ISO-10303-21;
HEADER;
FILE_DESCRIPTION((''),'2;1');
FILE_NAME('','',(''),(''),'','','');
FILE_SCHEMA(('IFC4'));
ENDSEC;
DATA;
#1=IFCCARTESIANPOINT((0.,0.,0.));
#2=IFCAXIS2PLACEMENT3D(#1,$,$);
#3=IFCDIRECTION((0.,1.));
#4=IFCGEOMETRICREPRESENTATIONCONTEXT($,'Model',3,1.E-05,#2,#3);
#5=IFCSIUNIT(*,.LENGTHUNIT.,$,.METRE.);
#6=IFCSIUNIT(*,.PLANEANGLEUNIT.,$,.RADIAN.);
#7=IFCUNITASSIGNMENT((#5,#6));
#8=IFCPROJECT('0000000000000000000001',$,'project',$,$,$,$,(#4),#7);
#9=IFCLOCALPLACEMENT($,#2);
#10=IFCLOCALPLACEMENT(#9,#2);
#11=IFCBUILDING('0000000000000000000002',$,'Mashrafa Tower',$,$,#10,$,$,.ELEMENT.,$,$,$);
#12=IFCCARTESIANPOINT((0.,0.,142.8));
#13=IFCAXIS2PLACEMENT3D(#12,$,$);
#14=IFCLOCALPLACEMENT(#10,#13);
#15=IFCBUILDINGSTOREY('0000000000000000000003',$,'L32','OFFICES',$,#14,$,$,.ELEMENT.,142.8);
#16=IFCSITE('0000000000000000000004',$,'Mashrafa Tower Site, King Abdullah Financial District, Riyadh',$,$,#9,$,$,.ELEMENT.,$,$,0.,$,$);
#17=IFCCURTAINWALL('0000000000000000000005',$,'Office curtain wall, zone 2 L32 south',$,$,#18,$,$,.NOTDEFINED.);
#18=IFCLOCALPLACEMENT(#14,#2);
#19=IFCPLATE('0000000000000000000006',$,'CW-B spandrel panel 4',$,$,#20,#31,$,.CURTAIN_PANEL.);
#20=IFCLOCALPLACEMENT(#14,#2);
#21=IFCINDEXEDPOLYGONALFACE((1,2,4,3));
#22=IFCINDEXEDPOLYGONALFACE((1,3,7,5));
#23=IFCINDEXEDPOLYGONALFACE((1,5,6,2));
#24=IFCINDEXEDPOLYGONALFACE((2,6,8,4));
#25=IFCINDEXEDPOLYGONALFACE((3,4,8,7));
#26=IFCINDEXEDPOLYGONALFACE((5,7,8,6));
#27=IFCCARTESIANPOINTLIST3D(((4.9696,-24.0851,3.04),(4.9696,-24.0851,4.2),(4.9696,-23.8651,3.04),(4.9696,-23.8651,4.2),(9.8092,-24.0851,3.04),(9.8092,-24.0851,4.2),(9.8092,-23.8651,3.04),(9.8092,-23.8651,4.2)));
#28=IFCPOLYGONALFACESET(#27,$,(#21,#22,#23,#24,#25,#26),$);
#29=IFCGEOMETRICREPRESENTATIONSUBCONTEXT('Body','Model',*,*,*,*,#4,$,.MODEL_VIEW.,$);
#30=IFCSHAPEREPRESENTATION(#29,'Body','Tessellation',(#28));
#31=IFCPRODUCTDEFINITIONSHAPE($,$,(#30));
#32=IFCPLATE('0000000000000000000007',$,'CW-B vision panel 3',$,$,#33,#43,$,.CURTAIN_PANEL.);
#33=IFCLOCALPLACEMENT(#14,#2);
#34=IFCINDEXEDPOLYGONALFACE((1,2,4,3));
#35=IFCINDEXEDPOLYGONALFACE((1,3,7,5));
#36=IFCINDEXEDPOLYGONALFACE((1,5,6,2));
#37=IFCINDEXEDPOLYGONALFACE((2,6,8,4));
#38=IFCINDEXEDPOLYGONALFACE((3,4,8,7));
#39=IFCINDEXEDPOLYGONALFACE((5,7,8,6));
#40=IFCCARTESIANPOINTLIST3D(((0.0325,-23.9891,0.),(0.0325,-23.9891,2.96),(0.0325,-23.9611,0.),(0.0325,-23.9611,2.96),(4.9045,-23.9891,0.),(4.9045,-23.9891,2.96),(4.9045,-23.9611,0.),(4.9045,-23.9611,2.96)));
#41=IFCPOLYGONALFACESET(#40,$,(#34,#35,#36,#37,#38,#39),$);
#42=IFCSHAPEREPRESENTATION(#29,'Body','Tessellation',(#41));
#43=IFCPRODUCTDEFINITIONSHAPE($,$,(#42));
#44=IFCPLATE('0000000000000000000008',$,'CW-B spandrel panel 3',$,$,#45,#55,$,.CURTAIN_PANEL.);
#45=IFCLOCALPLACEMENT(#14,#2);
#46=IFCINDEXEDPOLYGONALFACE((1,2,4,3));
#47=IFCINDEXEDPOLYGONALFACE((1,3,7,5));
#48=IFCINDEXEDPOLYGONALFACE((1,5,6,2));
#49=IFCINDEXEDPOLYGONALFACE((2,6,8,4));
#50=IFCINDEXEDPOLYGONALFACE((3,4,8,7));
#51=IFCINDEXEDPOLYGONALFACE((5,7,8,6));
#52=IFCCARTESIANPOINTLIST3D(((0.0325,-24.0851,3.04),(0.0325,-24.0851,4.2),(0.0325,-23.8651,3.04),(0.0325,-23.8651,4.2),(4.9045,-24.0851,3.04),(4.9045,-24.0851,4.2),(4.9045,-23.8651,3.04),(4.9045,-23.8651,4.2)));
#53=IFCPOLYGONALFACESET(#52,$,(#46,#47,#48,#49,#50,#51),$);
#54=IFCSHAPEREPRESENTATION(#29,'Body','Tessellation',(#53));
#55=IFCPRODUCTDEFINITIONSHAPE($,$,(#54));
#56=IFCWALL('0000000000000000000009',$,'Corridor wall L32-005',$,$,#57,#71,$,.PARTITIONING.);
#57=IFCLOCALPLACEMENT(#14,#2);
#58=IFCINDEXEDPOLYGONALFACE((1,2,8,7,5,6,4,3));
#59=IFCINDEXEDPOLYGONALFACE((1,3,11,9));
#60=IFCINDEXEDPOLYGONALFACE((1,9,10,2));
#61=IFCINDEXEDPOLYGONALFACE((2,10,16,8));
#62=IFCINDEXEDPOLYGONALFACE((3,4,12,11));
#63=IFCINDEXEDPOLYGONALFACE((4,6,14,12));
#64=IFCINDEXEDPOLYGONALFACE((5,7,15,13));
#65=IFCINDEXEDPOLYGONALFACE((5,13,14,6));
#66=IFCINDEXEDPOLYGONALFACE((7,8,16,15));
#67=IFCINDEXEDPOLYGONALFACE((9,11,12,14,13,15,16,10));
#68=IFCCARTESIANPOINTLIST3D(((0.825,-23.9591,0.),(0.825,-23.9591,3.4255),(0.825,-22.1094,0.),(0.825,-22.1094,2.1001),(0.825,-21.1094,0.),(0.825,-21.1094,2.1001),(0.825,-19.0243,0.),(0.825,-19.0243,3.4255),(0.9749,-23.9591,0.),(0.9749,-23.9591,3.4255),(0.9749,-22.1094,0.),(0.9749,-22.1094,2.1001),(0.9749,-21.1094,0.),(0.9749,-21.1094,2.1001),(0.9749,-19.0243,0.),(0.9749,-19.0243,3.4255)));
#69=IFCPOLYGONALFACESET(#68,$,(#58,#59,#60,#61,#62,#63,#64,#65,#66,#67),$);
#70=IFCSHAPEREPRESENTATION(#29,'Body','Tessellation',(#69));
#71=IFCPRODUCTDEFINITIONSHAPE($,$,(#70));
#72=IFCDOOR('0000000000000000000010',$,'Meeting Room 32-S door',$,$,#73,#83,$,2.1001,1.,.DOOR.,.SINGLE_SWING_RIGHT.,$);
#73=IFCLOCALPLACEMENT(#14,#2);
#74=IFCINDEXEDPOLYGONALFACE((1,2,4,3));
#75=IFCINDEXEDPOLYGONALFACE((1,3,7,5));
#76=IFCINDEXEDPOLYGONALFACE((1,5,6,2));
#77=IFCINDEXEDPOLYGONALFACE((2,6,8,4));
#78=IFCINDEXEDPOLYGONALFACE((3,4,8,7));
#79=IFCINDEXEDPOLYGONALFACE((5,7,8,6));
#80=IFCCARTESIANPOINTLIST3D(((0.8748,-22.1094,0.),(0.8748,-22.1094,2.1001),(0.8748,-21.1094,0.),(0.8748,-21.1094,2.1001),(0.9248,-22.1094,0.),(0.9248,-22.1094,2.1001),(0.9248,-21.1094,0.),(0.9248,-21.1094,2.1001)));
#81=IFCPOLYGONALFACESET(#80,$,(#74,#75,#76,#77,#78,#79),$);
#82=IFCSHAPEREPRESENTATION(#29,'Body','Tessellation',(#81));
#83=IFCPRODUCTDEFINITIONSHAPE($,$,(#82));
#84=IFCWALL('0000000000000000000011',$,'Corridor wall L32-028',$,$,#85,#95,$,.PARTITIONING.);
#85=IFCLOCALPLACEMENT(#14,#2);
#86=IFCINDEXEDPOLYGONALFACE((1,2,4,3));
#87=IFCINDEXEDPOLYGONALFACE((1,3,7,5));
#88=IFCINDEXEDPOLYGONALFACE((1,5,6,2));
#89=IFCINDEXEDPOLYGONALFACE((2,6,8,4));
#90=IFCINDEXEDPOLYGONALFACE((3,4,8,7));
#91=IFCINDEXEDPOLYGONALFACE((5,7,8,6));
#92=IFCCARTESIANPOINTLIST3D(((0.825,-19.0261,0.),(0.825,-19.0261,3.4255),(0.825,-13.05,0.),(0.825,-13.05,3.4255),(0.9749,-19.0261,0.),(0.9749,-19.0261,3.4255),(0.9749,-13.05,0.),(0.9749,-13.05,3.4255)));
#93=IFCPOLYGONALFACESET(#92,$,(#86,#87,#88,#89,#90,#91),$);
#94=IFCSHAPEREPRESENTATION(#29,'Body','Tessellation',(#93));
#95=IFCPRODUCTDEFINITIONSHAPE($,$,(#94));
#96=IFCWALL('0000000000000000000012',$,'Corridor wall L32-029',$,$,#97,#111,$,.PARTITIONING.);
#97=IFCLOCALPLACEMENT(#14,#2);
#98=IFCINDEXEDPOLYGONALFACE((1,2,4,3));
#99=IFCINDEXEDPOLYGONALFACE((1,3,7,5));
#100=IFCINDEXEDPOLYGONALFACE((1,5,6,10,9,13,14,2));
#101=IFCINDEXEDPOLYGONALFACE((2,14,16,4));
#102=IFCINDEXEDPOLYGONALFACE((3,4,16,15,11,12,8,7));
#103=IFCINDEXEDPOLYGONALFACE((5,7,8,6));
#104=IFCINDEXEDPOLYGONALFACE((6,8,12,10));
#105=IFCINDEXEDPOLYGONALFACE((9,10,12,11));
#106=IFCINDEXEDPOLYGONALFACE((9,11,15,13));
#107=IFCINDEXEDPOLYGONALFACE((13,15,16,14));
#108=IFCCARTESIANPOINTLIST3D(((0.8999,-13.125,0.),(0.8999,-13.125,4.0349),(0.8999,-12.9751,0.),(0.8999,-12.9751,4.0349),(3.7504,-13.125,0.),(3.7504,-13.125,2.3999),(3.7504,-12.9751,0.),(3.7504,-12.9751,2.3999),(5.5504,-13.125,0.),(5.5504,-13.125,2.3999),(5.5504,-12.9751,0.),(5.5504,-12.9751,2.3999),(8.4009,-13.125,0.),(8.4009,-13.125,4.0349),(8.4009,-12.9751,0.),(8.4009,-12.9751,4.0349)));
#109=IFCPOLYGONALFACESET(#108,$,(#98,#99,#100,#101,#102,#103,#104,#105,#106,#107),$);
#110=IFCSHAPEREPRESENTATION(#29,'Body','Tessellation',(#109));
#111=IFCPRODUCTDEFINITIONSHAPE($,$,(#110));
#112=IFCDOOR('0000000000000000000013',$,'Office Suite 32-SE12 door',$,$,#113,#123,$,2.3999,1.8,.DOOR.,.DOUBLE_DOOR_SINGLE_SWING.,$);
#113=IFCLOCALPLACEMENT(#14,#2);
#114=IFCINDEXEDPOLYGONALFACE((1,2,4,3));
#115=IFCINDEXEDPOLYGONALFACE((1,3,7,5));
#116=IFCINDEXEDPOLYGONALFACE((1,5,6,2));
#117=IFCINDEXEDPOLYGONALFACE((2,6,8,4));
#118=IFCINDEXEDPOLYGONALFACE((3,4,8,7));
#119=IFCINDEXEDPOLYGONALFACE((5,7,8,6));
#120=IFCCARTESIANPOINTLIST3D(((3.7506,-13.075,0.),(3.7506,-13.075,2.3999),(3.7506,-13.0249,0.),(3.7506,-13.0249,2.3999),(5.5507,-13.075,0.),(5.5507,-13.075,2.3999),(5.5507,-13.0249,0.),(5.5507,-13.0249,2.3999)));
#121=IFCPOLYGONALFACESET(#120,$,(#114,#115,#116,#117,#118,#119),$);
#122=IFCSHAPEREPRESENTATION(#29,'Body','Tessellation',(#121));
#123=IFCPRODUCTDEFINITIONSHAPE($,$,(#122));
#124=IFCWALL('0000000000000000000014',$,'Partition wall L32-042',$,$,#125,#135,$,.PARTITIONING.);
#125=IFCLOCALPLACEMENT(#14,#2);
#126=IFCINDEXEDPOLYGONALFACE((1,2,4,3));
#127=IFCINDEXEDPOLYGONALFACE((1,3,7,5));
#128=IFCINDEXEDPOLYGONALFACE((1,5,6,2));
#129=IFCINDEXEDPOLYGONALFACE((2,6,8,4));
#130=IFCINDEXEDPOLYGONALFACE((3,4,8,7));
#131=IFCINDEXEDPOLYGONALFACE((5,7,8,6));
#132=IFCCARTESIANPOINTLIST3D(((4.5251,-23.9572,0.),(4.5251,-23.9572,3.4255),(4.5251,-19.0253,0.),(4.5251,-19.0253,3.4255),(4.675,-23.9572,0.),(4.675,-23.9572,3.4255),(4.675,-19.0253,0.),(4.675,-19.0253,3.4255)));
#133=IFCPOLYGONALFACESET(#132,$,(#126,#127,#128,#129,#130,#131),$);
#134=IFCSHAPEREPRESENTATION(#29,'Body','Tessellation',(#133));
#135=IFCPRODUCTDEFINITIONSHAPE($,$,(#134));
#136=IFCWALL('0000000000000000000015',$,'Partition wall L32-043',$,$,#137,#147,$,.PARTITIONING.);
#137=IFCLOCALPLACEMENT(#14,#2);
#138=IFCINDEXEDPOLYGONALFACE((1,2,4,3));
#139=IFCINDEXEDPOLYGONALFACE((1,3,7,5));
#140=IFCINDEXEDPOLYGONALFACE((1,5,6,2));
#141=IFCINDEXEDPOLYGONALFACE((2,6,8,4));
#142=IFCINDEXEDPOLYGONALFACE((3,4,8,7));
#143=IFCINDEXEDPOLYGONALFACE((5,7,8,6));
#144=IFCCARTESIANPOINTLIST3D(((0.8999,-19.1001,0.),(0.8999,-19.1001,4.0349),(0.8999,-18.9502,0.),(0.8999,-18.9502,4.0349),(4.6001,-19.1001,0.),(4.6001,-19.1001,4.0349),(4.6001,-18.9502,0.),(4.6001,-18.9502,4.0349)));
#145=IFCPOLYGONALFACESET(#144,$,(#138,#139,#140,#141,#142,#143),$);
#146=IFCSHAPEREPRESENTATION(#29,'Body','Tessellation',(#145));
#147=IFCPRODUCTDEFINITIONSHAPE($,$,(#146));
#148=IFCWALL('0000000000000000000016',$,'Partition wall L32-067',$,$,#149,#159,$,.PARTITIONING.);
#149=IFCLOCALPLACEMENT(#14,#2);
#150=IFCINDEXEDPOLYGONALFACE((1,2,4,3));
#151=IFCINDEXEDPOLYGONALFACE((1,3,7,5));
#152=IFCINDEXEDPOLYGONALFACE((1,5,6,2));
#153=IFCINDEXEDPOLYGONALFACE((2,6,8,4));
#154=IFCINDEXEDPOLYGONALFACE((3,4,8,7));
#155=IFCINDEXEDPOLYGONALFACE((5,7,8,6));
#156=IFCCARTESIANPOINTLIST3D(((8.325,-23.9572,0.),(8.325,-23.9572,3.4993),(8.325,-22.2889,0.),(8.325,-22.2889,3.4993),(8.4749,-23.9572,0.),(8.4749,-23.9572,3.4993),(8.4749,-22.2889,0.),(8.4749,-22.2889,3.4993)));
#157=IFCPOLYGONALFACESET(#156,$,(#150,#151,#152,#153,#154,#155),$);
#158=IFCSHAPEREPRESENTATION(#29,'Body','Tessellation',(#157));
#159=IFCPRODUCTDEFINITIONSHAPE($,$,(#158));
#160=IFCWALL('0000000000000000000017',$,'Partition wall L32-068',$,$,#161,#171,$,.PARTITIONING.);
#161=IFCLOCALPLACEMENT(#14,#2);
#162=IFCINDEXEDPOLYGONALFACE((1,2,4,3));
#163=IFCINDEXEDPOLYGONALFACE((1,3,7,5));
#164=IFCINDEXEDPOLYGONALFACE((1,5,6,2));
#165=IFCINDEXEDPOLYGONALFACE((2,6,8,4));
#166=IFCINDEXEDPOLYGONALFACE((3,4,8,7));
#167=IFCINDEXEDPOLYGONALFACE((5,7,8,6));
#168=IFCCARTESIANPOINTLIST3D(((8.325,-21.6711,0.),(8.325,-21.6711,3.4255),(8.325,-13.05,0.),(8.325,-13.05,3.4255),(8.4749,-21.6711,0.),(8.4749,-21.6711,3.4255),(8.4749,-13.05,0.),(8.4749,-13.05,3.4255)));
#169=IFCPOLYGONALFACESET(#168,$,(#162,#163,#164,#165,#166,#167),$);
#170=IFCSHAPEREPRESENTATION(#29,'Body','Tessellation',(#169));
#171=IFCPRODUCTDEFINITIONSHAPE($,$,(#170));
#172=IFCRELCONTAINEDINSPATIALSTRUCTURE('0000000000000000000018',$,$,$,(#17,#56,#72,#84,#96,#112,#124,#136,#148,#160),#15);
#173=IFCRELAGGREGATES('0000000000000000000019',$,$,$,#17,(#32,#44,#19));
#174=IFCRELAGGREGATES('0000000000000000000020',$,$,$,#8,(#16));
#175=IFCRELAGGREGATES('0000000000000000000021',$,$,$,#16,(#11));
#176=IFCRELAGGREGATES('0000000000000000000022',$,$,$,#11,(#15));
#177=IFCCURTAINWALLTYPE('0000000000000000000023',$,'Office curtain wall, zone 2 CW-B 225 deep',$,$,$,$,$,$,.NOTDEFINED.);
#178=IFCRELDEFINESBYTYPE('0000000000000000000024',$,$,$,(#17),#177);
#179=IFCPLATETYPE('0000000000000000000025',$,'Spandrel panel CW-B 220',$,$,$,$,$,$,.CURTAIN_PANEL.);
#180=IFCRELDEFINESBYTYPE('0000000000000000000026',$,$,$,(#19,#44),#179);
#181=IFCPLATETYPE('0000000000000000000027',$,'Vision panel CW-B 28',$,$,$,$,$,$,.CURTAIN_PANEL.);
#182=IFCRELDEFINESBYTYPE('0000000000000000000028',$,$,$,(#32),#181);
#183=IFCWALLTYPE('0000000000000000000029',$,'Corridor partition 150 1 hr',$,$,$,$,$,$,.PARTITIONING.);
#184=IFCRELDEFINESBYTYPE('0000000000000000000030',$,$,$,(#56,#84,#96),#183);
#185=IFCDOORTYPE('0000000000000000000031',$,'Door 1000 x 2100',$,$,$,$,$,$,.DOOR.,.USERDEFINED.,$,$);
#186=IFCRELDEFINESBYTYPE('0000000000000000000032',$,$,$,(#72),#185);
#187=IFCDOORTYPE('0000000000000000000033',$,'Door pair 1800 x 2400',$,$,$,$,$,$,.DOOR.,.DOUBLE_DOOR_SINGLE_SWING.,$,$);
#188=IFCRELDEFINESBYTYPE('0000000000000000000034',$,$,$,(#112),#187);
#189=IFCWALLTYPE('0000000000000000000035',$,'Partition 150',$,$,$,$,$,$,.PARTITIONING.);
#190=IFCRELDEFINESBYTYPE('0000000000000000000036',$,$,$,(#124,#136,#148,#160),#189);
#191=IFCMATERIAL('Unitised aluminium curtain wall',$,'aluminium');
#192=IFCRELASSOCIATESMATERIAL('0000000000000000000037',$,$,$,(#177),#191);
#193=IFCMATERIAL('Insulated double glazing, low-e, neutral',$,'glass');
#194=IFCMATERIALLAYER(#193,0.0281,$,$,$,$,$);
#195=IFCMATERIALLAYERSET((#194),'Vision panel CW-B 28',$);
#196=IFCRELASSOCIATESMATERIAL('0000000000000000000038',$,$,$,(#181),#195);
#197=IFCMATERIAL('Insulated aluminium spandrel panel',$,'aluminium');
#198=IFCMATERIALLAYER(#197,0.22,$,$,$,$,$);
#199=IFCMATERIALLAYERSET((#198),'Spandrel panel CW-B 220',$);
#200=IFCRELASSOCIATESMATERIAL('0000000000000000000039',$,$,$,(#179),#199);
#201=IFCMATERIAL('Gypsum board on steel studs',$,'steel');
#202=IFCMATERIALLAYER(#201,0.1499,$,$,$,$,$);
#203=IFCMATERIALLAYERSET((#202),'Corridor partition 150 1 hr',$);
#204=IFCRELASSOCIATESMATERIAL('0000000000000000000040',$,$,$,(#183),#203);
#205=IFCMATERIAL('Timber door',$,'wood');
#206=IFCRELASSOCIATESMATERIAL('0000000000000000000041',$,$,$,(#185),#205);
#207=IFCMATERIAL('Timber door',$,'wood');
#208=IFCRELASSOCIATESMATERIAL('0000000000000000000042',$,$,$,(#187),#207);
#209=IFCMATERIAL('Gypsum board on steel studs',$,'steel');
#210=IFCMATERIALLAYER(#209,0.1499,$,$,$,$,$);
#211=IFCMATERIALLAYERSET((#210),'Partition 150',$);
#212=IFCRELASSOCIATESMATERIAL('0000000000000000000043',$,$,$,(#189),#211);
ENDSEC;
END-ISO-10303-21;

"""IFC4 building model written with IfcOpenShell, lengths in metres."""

from ifc_helpers import new_model, si_unit, direction, frame, frame_2d, origin, origin_2d, place, context, subcontext, project, spatial, rectangle, extrude, source, transform, mapped, material, layer, layer_set, type_object, type_shapes, element, fill, aggregate, save


model = new_model("IFC4")

# Units and contexts
model_context = context("Model", 3, precision=1e-05, world=origin(), true_north=direction((0.0, 1.0)))
body_context = subcontext(model_context, "Body", "Model", "MODEL_VIEW")
ifc_project = project(units=[si_unit("LENGTHUNIT", "METRE"), si_unit("PLANEANGLEUNIT", "RADIAN")], contexts=[model_context])

# Site, building, storey
site_placement = place(None, origin())
site = spatial("IfcSite", under=ifc_project, at=site_placement, Name="Mashrafa Tower Site, King Abdullah Financial District, Riyadh", CompositionType="ELEMENT", RefElevation=0.0)
building_placement = place(site_placement, origin())
building = spatial("IfcBuilding", under=site, at=building_placement, Name="Mashrafa Tower", CompositionType="ELEMENT")
storey_placement = place(building_placement, frame((0.0, 0.0, 142.8)))
storey = spatial("IfcBuildingStorey", under=building, at=storey_placement, Name="L32", Description="OFFICES", CompositionType="ELEMENT", Elevation=142.8)

# Curtain wall, plates
ifc_material_1 = material(Name="Unitised aluminium curtain wall", Category="aluminium")
curtain_wall_type = type_object("IfcCurtainWallType", Name="Office curtain wall, zone 2 CW-B 225 deep", PredefinedType="NOTDEFINED", material=ifc_material_1)
curtain_wall_placement = place(storey_placement, origin())
curtain_wall = element("IfcCurtainWall", 1, at=curtain_wall_placement, inside=storey, type_object=curtain_wall_type, Name="Office curtain wall, zone 2 L32 south", PredefinedType="NOTDEFINED")
ifc_material_2 = material(Name="Insulated double glazing, low-e, neutral", Category="glass")
ifc_layer_1 = layer(ifc_material_2, 0.0281)
ifc_layer_set_1 = layer_set([ifc_layer_1], Name="Vision panel CW-B 28")
plate_type_1 = type_object("IfcPlateType", Name="Vision panel CW-B 28", PredefinedType="CURTAIN_PANEL", material=ifc_layer_set_1)
ifc_material_3 = material(Name="Insulated aluminium spandrel panel", Category="aluminium")
ifc_layer_2 = layer(ifc_material_3, 0.22)
ifc_layer_set_2 = layer_set([ifc_layer_2], Name="Spandrel panel CW-B 220")
plate_type_2 = type_object("IfcPlateType", Name="Spandrel panel CW-B 220", PredefinedType="CURTAIN_PANEL", material=ifc_layer_set_2)
shared_shape_1 = source(origin(), body_context, "Body", "SweptSolid", [
    extrude(rectangle(XDim=4.8396, YDim=0.22, at=origin_2d()), origin(), (0.0, 0.0, 1.0), 1.1599),
])
plate_1_placement = place(storey_placement, frame((7.3894, -23.9751, 3.04), z_axis=(0.0, 0.0, 1.0), x_axis=(1.0, 0.0, 0.0)))
plate_1 = element("IfcPlate", 2, at=plate_1_placement, type_object=plate_type_2, Name="CW-B spandrel panel 4", PredefinedType="CURTAIN_PANEL", context=body_context, shape_type="MappedRepresentation", body=[
    mapped(shared_shape_1, transform((0.0, 0.0, 0.0))),
])
shared_shape_2 = source(origin(), body_context, "Body", "SweptSolid", [
    extrude(rectangle(XDim=4.8721, YDim=0.0281, at=origin_2d()), origin(), (0.0, 0.0, 1.0), 2.96),
])
plate_2_placement = place(storey_placement, frame((2.4685, -23.9751, 0.0), z_axis=(0.0, 0.0, 1.0), x_axis=(1.0, 0.0, 0.0)))
plate_2 = element("IfcPlate", 3, at=plate_2_placement, type_object=plate_type_1, Name="CW-B vision panel 3", PredefinedType="CURTAIN_PANEL", context=body_context, shape_type="MappedRepresentation", body=[
    mapped(shared_shape_2, transform((0.0, 0.0, 0.0))),
])
shared_shape_3 = source(origin(), body_context, "Body", "SweptSolid", [
    extrude(rectangle(XDim=4.8721, YDim=0.22, at=origin_2d()), origin(), (0.0, 0.0, 1.0), 1.1599),
])
type_shapes(plate_type_2, [shared_shape_1, shared_shape_3])
plate_3_placement = place(storey_placement, frame((2.4685, -23.9751, 3.04), z_axis=(0.0, 0.0, 1.0), x_axis=(1.0, 0.0, 0.0)))
plate_3 = element("IfcPlate", 4, at=plate_3_placement, type_object=plate_type_2, Name="CW-B spandrel panel 3", PredefinedType="CURTAIN_PANEL", context=body_context, shape_type="MappedRepresentation", body=[
    mapped(shared_shape_3, transform((0.0, 0.0, 0.0))),
])
aggregate(curtain_wall, [plate_2, plate_3, plate_1])

# Wall, opening, door
ifc_material_4 = material(Name="Gypsum board on steel studs", Category="steel")
ifc_layer_3 = layer(ifc_material_4, 0.1499)
ifc_layer_set_3 = layer_set([ifc_layer_3], Name="Corridor partition 150 1 hr")
wall_type_1 = type_object("IfcWallType", Name="Corridor partition 150 1 hr", PredefinedType="PARTITIONING", material=ifc_layer_set_3)
wall_1_placement = place(storey_placement, frame((0.8999, -23.959, 0.0), z_axis=(0.0, 0.0, 1.0), x_axis=(0.0, 1.0, 0.0)))
wall_1 = element("IfcWall", 5, at=wall_1_placement, inside=storey, type_object=wall_type_1, Name="Corridor wall L32-005", PredefinedType="PARTITIONING", context=body_context, shape_type="SweptSolid", body=[
    extrude(rectangle(XDim=4.9348, YDim=0.1499, at=frame_2d((2.4673, 0.0))), origin(), (0.0, 0.0, 1.0), 3.4255),
])
opening_1_placement = place(wall_1_placement, frame((1.8496, 0.0, 0.0)))
opening_1 = element("IfcOpeningElement", 6, at=opening_1_placement, cuts=wall_1, PredefinedType="OPENING", context=body_context, shape_type="SweptSolid", body=[
    extrude(rectangle(XDim=1.0, YDim=2.1001, at=frame_2d((0.5, 1.05))), frame((0.0, 0.085, 0.0), z_axis=(0.0, -1.0, 0.0), x_axis=(1.0, 0.0, 0.0)), (0.0, 0.0, 1.0), 0.1699),
])
ifc_material_5 = material(Name="Timber door", Category="wood")
door_type_1 = type_object("IfcDoorType", Name="Door 1000 x 2100", OperationType="USERDEFINED", PredefinedType="DOOR", material=ifc_material_5)
door_1_placement = place(opening_1_placement, frame((1.0, 0.0, 0.0), z_axis=(0.0, 0.0, 1.0), x_axis=(-1.0, 0.0, 0.0)))
door_1 = element("IfcDoor", 7, at=door_1_placement, inside=storey, type_object=door_type_1, Name="Meeting Room 32-S door", OperationType="SINGLE_SWING_RIGHT", OverallHeight=2.1001, OverallWidth=1.0, PredefinedType="DOOR", context=body_context, shape_type="SweptSolid", body=[
    extrude(rectangle(XDim=1.0, YDim=2.1001, at=frame_2d((0.5, 1.05))), frame((0.0, 0.0249, 0.0), z_axis=(0.0, -1.0, 0.0), x_axis=(1.0, 0.0, 0.0)), (0.0, 0.0, 1.0), 0.05),
])
fill(opening_1, door_1)

# Wall
wall_2_placement = place(storey_placement, frame((0.8999, -19.0261, 0.0), z_axis=(0.0, 0.0, 1.0), x_axis=(0.0, 1.0, 0.0)))
element("IfcWall", 8, at=wall_2_placement, inside=storey, type_object=wall_type_1, Name="Corridor wall L32-028", PredefinedType="PARTITIONING", context=body_context, shape_type="SweptSolid", body=[
    extrude(rectangle(XDim=5.9761, YDim=0.1499, at=frame_2d((2.988, 0.0))), origin(), (0.0, 0.0, 1.0), 3.4255),
])

# Wall, opening, door
wall_3_placement = place(storey_placement, frame((0.8999, -13.05, 0.0), z_axis=(0.0, 0.0, 1.0), x_axis=(1.0, 0.0, 0.0)))
wall_3 = element("IfcWall", 9, at=wall_3_placement, inside=storey, type_object=wall_type_1, Name="Corridor wall L32-029", PredefinedType="PARTITIONING", context=body_context, shape_type="SweptSolid", body=[
    extrude(rectangle(XDim=7.501, YDim=0.1499, at=frame_2d((3.7505, 0.0))), origin(), (0.0, 0.0, 1.0), 4.0349),
])
opening_2_placement = place(wall_3_placement, frame((2.8506, 0.0, 0.0)))
opening_2 = element("IfcOpeningElement", 10, at=opening_2_placement, cuts=wall_3, PredefinedType="OPENING", context=body_context, shape_type="SweptSolid", body=[
    extrude(rectangle(XDim=1.8, YDim=2.3999, at=frame_2d((0.8999, 1.2))), frame((0.0, 0.085, 0.0), z_axis=(0.0, -1.0, 0.0), x_axis=(1.0, 0.0, 0.0)), (0.0, 0.0, 1.0), 0.1699),
])
ifc_material_6 = material(Name="Timber door", Category="wood")
door_type_2 = type_object("IfcDoorType", Name="Door pair 1800 x 2400", OperationType="DOUBLE_DOOR_SINGLE_SWING", PredefinedType="DOOR", material=ifc_material_6)
door_2_placement = place(opening_2_placement, frame((1.8, 0.0, 0.0), z_axis=(0.0, 0.0, 1.0), x_axis=(-1.0, 0.0, 0.0)))
door_2 = element("IfcDoor", 11, at=door_2_placement, inside=storey, type_object=door_type_2, Name="Office Suite 32-SE12 door", OperationType="DOUBLE_DOOR_SINGLE_SWING", OverallHeight=2.3999, OverallWidth=1.8, PredefinedType="DOOR", context=body_context, shape_type="SweptSolid", body=[
    extrude(rectangle(XDim=1.8, YDim=2.3999, at=frame_2d((0.8999, 1.2))), frame((0.0, 0.0249, 0.0), z_axis=(0.0, -1.0, 0.0), x_axis=(1.0, 0.0, 0.0)), (0.0, 0.0, 1.0), 0.05),
])
fill(opening_2, door_2)

# Walls
ifc_material_7 = material(Name="Gypsum board on steel studs", Category="steel")
ifc_layer_4 = layer(ifc_material_7, 0.1499)
ifc_layer_set_4 = layer_set([ifc_layer_4], Name="Partition 150")
wall_type_2 = type_object("IfcWallType", Name="Partition 150", PredefinedType="PARTITIONING", material=ifc_layer_set_4)
wall_4_placement = place(storey_placement, frame((4.6001, -23.957, 0.0), z_axis=(0.0, 0.0, 1.0), x_axis=(0.0, 1.0, 0.0)))
element("IfcWall", 12, at=wall_4_placement, inside=storey, type_object=wall_type_2, Name="Partition wall L32-042", PredefinedType="PARTITIONING", context=body_context, shape_type="SweptSolid", body=[
    extrude(rectangle(XDim=4.9319, YDim=0.1499, at=frame_2d((2.4658, 0.0))), origin(), (0.0, 0.0, 1.0), 3.4255),
])
wall_5_placement = place(storey_placement, frame((4.6001, -19.0251, 0.0), z_axis=(0.0, 0.0, 1.0), x_axis=(-1.0, 0.0, 0.0)))
element("IfcWall", 13, at=wall_5_placement, inside=storey, type_object=wall_type_2, Name="Partition wall L32-043", PredefinedType="PARTITIONING", context=body_context, shape_type="SweptSolid", body=[
    extrude(rectangle(XDim=3.7002, YDim=0.1499, at=frame_2d((1.8501, 0.0))), origin(), (0.0, 0.0, 1.0), 4.0349),
])
wall_6_placement = place(storey_placement, frame((8.3999, -23.957, 0.0), z_axis=(0.0, 0.0, 1.0), x_axis=(0.0, 1.0, 0.0)))
element("IfcWall", 14, at=wall_6_placement, inside=storey, type_object=wall_type_2, Name="Partition wall L32-067", PredefinedType="PARTITIONING", context=body_context, shape_type="SweptSolid", body=[
    extrude(rectangle(XDim=1.6682, YDim=0.1499, at=frame_2d((0.834, 0.0))), origin(), (0.0, 0.0, 1.0), 3.4993),
])
wall_7_placement = place(storey_placement, frame((8.3999, -21.6711, 0.0), z_axis=(0.0, 0.0, 1.0), x_axis=(0.0, 1.0, 0.0)))
element("IfcWall", 15, at=wall_7_placement, inside=storey, type_object=wall_type_2, Name="Partition wall L32-068", PredefinedType="PARTITIONING", context=body_context, shape_type="SweptSolid", body=[
    extrude(rectangle(XDim=8.6211, YDim=0.1499, at=frame_2d((4.3105, 0.0))), origin(), (0.0, 0.0, 1.0), 3.4255),
])

save(model, "model.ifc")
